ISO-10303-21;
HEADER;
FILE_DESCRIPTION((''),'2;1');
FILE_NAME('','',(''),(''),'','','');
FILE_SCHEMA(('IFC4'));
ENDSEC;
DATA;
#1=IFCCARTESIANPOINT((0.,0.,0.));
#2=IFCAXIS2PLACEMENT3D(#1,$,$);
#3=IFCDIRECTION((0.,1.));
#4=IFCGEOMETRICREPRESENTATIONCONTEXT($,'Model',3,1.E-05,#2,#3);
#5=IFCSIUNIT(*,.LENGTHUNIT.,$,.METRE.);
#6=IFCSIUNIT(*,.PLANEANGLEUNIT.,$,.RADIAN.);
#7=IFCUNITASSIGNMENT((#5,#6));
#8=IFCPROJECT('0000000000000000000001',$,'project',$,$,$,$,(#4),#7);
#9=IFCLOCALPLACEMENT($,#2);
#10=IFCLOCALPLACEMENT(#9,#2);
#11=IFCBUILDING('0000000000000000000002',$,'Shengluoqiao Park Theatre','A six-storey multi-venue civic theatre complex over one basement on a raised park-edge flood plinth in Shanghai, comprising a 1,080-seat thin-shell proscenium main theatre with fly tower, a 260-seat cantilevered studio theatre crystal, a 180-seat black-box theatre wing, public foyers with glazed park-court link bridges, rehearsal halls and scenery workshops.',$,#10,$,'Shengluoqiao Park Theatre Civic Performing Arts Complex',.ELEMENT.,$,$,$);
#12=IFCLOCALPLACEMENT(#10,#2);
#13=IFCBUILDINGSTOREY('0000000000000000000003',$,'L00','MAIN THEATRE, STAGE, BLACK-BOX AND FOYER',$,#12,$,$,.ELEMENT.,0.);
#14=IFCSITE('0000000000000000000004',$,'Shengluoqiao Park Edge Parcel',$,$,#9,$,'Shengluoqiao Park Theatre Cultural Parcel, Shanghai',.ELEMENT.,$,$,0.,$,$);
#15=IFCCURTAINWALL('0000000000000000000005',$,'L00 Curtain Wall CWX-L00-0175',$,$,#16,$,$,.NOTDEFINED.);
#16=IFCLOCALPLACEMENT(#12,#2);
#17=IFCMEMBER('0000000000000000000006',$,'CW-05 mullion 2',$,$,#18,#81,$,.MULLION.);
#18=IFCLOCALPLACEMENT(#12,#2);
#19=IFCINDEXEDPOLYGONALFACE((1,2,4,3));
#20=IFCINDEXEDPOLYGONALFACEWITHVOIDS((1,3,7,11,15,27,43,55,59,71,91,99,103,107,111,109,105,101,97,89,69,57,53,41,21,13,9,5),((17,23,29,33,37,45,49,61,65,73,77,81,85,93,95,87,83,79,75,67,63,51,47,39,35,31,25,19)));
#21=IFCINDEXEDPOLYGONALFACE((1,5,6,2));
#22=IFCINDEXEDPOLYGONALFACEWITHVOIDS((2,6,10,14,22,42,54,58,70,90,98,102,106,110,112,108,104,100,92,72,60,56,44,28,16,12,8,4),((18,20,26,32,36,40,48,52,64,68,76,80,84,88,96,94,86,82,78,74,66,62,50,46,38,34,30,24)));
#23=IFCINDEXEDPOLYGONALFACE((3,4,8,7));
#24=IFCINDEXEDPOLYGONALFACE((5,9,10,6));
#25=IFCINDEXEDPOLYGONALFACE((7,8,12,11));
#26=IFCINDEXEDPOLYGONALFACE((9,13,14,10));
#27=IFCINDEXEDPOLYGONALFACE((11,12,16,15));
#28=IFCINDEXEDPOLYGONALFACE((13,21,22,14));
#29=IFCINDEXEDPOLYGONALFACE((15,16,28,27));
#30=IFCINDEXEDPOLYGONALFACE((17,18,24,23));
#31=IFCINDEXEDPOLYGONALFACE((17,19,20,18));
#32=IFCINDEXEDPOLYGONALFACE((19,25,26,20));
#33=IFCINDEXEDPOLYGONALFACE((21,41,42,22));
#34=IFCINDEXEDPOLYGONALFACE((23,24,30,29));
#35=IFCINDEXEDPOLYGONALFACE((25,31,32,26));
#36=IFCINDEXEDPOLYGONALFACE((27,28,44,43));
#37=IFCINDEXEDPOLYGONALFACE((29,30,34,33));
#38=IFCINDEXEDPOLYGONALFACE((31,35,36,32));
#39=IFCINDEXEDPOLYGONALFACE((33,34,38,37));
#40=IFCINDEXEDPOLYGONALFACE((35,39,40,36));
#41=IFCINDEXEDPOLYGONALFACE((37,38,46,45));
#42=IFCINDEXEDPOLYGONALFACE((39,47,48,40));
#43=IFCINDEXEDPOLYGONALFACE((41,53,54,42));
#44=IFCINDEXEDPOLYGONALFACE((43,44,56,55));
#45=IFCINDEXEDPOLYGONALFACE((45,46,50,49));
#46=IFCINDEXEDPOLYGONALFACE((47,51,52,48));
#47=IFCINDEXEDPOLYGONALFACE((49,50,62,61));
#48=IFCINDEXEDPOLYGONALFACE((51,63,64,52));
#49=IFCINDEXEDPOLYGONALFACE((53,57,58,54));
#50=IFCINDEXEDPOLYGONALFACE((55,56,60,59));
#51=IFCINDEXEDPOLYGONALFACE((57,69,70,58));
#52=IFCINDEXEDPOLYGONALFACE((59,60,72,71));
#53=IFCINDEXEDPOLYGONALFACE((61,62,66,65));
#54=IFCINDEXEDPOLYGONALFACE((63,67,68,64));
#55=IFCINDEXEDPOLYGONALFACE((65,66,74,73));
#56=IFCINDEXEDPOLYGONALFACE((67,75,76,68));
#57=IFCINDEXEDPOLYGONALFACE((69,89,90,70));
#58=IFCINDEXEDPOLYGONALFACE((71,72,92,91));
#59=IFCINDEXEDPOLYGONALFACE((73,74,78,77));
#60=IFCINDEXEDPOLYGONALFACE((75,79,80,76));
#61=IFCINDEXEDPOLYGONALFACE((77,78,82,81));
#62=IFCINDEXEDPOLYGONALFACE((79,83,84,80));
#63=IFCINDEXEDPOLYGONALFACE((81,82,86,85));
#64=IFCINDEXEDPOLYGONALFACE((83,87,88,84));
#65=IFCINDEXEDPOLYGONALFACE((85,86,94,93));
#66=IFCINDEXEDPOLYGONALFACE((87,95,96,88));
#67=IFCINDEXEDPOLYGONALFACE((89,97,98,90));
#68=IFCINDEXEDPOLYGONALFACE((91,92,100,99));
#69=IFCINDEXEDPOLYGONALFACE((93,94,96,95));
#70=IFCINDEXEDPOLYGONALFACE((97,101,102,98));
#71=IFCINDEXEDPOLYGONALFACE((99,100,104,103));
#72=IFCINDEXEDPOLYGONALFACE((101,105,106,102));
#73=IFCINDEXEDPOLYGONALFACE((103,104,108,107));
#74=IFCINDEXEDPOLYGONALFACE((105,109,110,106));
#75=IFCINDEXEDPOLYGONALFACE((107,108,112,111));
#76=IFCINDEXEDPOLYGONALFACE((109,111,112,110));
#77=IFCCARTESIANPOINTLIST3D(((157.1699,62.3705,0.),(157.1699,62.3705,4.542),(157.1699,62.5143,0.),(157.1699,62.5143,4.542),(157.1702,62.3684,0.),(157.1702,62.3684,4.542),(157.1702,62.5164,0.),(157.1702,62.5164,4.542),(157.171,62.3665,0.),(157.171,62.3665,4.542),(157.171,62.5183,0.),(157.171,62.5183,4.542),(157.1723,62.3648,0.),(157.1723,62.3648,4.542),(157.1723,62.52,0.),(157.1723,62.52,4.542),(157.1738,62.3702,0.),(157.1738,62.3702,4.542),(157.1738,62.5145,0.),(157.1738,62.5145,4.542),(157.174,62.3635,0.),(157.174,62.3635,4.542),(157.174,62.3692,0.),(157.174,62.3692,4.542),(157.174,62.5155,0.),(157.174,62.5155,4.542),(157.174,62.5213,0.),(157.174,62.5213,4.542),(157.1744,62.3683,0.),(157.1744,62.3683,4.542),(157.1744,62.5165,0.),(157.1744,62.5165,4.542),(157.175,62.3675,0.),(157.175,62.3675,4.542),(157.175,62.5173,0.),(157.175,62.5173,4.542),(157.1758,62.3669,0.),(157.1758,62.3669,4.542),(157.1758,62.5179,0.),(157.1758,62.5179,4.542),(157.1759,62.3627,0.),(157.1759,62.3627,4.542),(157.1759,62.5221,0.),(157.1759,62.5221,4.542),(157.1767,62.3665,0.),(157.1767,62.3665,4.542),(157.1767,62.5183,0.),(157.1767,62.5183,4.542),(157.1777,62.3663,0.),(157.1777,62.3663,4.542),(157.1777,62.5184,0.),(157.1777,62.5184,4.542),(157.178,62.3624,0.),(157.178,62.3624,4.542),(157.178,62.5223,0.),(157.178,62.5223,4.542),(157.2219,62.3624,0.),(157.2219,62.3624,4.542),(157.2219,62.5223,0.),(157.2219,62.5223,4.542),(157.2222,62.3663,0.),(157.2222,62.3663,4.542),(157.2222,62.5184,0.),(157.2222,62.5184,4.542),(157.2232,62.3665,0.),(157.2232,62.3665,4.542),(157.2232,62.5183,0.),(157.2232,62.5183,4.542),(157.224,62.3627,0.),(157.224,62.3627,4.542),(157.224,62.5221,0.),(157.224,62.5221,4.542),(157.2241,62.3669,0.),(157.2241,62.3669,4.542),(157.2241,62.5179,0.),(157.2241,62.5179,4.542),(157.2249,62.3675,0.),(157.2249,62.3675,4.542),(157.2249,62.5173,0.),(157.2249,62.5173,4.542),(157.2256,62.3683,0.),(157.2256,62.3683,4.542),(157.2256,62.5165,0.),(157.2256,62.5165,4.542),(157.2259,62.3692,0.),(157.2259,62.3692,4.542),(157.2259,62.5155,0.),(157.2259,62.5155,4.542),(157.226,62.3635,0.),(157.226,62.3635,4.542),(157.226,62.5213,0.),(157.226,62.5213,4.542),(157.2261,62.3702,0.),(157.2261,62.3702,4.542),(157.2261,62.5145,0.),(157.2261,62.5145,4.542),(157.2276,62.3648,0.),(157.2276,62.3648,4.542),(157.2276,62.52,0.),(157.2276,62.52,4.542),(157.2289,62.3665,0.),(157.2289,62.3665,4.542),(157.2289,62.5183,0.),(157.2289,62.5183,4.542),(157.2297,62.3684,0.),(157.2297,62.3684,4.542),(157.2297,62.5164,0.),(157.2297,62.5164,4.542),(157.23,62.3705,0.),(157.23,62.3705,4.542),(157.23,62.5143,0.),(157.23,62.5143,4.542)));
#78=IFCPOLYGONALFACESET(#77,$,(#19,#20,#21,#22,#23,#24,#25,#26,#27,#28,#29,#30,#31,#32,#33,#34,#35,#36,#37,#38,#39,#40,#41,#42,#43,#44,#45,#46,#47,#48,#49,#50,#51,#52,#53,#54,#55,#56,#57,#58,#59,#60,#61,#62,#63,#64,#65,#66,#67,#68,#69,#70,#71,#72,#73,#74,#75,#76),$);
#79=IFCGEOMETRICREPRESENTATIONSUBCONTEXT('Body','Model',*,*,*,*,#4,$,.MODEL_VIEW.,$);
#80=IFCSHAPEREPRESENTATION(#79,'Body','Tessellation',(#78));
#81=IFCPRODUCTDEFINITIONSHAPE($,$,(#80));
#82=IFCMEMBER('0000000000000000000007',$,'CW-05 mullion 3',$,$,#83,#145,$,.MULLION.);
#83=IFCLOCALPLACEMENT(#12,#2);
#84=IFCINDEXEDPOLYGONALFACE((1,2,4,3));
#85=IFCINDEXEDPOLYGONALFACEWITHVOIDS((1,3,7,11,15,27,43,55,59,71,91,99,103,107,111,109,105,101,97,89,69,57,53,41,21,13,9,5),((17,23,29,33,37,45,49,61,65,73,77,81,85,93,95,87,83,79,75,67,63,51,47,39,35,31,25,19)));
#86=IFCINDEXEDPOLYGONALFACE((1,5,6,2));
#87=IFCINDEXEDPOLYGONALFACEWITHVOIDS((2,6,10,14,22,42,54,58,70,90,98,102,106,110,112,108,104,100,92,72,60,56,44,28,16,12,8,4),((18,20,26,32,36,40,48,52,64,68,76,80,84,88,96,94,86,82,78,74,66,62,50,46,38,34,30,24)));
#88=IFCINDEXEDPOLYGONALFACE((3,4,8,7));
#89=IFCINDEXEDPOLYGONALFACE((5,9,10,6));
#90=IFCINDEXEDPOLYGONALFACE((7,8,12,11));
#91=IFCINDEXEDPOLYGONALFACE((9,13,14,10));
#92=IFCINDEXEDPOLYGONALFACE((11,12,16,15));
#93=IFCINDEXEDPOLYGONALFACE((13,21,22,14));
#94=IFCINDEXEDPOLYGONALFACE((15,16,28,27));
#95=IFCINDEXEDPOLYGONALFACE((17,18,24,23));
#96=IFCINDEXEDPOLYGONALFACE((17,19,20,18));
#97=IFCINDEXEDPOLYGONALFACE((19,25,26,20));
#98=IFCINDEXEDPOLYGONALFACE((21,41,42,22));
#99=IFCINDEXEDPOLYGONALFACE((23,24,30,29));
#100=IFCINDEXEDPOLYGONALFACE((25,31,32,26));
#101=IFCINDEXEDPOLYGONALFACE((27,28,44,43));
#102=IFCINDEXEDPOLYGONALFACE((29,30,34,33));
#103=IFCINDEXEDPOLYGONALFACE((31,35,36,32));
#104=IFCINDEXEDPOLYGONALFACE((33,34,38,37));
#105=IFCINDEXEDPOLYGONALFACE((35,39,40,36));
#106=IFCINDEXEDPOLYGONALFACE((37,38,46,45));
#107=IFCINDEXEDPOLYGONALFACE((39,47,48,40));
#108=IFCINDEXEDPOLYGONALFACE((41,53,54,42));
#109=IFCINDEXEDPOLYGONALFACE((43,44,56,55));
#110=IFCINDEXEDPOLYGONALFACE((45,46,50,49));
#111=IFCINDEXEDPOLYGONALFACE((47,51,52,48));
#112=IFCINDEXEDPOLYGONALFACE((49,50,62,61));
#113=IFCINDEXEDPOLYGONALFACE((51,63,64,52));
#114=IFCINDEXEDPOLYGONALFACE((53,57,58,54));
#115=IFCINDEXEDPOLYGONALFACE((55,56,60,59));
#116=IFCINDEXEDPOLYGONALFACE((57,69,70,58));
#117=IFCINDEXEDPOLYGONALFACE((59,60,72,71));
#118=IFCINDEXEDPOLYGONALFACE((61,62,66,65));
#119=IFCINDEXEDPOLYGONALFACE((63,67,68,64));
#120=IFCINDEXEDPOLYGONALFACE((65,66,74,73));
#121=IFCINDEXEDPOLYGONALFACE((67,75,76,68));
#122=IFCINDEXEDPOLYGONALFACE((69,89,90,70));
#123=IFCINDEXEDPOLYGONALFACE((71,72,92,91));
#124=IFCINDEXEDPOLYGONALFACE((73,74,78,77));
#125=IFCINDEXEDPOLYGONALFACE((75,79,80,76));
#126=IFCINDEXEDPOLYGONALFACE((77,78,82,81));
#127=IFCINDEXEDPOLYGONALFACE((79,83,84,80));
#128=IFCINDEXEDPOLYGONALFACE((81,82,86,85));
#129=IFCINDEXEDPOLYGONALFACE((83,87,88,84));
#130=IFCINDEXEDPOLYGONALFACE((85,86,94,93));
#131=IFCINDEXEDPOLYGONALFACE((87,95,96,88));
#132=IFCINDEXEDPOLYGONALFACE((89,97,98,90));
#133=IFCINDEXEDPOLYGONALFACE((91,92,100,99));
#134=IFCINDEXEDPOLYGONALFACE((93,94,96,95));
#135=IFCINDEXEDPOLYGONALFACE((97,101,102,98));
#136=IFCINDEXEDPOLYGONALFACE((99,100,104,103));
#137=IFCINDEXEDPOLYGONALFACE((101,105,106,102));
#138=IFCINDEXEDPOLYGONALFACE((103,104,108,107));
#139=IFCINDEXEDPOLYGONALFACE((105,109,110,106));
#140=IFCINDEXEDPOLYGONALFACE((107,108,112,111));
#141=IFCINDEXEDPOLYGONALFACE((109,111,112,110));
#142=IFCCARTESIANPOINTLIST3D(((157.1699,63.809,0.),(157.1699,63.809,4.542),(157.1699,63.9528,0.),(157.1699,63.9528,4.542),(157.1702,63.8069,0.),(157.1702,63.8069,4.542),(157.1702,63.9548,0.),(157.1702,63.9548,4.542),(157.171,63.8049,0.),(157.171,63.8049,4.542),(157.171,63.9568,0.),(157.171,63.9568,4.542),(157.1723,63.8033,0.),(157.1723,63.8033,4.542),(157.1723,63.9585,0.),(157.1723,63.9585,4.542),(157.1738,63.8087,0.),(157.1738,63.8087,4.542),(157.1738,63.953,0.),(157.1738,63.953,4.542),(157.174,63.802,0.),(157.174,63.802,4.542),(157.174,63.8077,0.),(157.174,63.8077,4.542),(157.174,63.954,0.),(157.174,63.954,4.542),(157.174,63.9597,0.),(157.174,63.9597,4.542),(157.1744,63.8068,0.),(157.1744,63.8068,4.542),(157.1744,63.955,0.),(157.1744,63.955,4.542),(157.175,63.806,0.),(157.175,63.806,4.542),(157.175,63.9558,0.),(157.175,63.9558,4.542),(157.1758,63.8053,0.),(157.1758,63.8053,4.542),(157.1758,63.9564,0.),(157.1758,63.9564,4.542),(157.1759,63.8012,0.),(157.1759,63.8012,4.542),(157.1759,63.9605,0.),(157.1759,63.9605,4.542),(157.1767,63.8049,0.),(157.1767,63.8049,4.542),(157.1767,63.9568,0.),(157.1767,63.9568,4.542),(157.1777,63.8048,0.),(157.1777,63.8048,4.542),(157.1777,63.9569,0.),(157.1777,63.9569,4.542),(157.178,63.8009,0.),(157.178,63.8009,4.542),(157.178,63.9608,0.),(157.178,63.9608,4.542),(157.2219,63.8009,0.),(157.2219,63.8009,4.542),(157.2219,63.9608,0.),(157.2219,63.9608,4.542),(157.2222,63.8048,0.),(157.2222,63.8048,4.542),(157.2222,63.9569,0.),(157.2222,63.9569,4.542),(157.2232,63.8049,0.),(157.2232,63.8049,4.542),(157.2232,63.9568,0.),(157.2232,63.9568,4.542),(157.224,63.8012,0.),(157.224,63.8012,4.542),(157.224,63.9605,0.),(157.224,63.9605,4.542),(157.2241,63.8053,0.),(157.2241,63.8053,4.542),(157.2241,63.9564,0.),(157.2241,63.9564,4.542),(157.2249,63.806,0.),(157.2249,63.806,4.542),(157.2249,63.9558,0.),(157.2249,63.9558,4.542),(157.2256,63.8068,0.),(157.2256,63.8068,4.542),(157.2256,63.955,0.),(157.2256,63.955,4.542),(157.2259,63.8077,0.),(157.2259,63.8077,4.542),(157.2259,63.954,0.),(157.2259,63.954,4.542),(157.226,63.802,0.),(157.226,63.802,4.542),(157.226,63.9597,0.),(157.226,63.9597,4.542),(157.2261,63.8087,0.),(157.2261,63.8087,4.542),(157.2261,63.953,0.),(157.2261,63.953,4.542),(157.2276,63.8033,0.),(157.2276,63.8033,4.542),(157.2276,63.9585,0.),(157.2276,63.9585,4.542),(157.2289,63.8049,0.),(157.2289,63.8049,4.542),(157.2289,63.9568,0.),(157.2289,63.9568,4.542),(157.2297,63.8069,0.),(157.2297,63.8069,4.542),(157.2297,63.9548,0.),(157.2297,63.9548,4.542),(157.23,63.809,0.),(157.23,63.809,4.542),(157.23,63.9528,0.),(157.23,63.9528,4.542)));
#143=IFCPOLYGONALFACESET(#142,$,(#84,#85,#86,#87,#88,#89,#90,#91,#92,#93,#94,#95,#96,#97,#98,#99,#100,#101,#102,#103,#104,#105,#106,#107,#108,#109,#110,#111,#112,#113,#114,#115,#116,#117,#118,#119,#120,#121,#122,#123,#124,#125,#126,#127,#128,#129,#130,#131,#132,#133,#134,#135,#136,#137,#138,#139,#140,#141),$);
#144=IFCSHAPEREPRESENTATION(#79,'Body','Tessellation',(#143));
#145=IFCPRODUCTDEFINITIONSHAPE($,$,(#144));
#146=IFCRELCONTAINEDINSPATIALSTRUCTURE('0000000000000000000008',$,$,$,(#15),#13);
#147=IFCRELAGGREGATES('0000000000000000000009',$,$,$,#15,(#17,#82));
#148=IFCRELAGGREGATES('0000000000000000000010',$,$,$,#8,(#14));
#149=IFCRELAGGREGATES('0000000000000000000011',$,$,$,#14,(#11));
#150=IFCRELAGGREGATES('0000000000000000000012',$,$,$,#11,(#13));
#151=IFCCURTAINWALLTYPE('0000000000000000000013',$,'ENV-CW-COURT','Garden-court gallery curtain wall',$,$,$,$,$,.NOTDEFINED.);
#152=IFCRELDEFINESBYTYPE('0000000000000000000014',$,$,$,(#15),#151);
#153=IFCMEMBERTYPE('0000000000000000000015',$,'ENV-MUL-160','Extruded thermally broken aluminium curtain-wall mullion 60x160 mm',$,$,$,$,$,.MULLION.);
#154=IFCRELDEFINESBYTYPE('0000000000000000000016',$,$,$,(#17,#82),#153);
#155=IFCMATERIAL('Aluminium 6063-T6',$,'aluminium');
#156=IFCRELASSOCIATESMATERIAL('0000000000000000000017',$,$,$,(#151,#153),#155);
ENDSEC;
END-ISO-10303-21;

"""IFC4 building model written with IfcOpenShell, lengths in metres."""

from ifc_helpers import new_model, si_unit, direction, frame, origin, origin_2d, place, context, subcontext, project, spatial, hollow_rectangle, extrude, material, material_profile, profile_set, type_object, element, aggregate, save


model = new_model("IFC4")

# Units and contexts
model_context = context("Model", 3, precision=1e-05, world=origin(), true_north=direction((0.0, 1.0)))
body_context = subcontext(model_context, "Body", "Model", "MODEL_VIEW")
ifc_project = project(units=[si_unit("LENGTHUNIT", "METRE"), si_unit("PLANEANGLEUNIT", "RADIAN")], contexts=[model_context])

# Site, building, storey
site_placement = place(None, origin())
site = spatial("IfcSite", under=ifc_project, at=site_placement, Name="Shengluoqiao Park Edge Parcel", LongName="Shengluoqiao Park Theatre Cultural Parcel, Shanghai", CompositionType="ELEMENT", RefElevation=0.0)
building_placement = place(site_placement, origin())
building = spatial("IfcBuilding", under=site, at=building_placement, Name="Shengluoqiao Park Theatre", Description="A six-storey multi-venue civic theatre complex over one basement on a raised park-edge flood plinth in Shanghai, comprising a 1,080-seat thin-shell proscenium main theatre with fly tower, a 260-seat cantilevered studio theatre crystal, a 180-seat black-box theatre wing, public foyers with glazed park-court link bridges, rehearsal halls and scenery workshops.", LongName="Shengluoqiao Park Theatre Civic Performing Arts Complex", CompositionType="ELEMENT")
storey_placement = place(building_placement, origin())
storey = spatial("IfcBuildingStorey", under=building, at=storey_placement, Name="L00", Description="MAIN THEATRE, STAGE, BLACK-BOX AND FOYER", CompositionType="ELEMENT", Elevation=0.0)

# Curtain wall, members
ifc_material_1 = material(Name="Aluminium 6063-T6", Category="aluminium")
curtain_wall_type = type_object("IfcCurtainWallType", Name="ENV-CW-COURT", Description="Garden-court gallery curtain wall", PredefinedType="NOTDEFINED", material=ifc_material_1)
curtain_wall_placement = place(storey_placement, origin())
curtain_wall = element("IfcCurtainWall", 1, at=curtain_wall_placement, inside=storey, type_object=curtain_wall_type, Name="L00 Curtain Wall CWX-L00-0175", PredefinedType="NOTDEFINED")
ifc_material_profile_1 = material_profile(ifc_material_1, hollow_rectangle(XDim=0.0601, YDim=0.1599, WallThickness=0.0039, InnerFilletRadius=0.0039, OuterFilletRadius=0.0081, at=origin_2d()), Name="ALU MULLION 160x60x4")
ifc_profile_set_1 = profile_set([ifc_material_profile_1], Name="Aluminium 6063-T6")
member_type_1 = type_object("IfcMemberType", Name="ENV-MUL-160", Description="Extruded thermally broken aluminium curtain-wall mullion 60x160 mm", PredefinedType="MULLION", material=ifc_profile_set_1)
member_1_placement = place(storey_placement, frame((157.2, 62.4424, 0.0), z_axis=(0.0, 0.0, 1.0), x_axis=(-1.0, 0.0, 0.0)))
member_1 = element("IfcMember", 2, at=member_1_placement, type_object=member_type_1, Name="CW-05 mullion 2", PredefinedType="MULLION", context=body_context, shape_type="SweptSolid", body=[
    extrude(hollow_rectangle(XDim=0.0601, YDim=0.1599, WallThickness=0.0039, InnerFilletRadius=0.0039, OuterFilletRadius=0.0081, at=origin_2d()), origin(), (0.0, 0.0, 1.0), 4.542),
])
member_2_placement = place(storey_placement, frame((157.2, 63.8809, 0.0), z_axis=(0.0, 0.0, 1.0), x_axis=(-1.0, 0.0, 0.0)))
member_2 = element("IfcMember", 3, at=member_2_placement, type_object=member_type_1, Name="CW-05 mullion 3", PredefinedType="MULLION", context=body_context, shape_type="SweptSolid", body=[
    extrude(hollow_rectangle(XDim=0.0601, YDim=0.1599, WallThickness=0.0039, InnerFilletRadius=0.0039, OuterFilletRadius=0.0081, at=origin_2d()), origin(), (0.0, 0.0, 1.0), 4.542),
])
aggregate(curtain_wall, [member_1, member_2])

save(model, "model.ifc")
